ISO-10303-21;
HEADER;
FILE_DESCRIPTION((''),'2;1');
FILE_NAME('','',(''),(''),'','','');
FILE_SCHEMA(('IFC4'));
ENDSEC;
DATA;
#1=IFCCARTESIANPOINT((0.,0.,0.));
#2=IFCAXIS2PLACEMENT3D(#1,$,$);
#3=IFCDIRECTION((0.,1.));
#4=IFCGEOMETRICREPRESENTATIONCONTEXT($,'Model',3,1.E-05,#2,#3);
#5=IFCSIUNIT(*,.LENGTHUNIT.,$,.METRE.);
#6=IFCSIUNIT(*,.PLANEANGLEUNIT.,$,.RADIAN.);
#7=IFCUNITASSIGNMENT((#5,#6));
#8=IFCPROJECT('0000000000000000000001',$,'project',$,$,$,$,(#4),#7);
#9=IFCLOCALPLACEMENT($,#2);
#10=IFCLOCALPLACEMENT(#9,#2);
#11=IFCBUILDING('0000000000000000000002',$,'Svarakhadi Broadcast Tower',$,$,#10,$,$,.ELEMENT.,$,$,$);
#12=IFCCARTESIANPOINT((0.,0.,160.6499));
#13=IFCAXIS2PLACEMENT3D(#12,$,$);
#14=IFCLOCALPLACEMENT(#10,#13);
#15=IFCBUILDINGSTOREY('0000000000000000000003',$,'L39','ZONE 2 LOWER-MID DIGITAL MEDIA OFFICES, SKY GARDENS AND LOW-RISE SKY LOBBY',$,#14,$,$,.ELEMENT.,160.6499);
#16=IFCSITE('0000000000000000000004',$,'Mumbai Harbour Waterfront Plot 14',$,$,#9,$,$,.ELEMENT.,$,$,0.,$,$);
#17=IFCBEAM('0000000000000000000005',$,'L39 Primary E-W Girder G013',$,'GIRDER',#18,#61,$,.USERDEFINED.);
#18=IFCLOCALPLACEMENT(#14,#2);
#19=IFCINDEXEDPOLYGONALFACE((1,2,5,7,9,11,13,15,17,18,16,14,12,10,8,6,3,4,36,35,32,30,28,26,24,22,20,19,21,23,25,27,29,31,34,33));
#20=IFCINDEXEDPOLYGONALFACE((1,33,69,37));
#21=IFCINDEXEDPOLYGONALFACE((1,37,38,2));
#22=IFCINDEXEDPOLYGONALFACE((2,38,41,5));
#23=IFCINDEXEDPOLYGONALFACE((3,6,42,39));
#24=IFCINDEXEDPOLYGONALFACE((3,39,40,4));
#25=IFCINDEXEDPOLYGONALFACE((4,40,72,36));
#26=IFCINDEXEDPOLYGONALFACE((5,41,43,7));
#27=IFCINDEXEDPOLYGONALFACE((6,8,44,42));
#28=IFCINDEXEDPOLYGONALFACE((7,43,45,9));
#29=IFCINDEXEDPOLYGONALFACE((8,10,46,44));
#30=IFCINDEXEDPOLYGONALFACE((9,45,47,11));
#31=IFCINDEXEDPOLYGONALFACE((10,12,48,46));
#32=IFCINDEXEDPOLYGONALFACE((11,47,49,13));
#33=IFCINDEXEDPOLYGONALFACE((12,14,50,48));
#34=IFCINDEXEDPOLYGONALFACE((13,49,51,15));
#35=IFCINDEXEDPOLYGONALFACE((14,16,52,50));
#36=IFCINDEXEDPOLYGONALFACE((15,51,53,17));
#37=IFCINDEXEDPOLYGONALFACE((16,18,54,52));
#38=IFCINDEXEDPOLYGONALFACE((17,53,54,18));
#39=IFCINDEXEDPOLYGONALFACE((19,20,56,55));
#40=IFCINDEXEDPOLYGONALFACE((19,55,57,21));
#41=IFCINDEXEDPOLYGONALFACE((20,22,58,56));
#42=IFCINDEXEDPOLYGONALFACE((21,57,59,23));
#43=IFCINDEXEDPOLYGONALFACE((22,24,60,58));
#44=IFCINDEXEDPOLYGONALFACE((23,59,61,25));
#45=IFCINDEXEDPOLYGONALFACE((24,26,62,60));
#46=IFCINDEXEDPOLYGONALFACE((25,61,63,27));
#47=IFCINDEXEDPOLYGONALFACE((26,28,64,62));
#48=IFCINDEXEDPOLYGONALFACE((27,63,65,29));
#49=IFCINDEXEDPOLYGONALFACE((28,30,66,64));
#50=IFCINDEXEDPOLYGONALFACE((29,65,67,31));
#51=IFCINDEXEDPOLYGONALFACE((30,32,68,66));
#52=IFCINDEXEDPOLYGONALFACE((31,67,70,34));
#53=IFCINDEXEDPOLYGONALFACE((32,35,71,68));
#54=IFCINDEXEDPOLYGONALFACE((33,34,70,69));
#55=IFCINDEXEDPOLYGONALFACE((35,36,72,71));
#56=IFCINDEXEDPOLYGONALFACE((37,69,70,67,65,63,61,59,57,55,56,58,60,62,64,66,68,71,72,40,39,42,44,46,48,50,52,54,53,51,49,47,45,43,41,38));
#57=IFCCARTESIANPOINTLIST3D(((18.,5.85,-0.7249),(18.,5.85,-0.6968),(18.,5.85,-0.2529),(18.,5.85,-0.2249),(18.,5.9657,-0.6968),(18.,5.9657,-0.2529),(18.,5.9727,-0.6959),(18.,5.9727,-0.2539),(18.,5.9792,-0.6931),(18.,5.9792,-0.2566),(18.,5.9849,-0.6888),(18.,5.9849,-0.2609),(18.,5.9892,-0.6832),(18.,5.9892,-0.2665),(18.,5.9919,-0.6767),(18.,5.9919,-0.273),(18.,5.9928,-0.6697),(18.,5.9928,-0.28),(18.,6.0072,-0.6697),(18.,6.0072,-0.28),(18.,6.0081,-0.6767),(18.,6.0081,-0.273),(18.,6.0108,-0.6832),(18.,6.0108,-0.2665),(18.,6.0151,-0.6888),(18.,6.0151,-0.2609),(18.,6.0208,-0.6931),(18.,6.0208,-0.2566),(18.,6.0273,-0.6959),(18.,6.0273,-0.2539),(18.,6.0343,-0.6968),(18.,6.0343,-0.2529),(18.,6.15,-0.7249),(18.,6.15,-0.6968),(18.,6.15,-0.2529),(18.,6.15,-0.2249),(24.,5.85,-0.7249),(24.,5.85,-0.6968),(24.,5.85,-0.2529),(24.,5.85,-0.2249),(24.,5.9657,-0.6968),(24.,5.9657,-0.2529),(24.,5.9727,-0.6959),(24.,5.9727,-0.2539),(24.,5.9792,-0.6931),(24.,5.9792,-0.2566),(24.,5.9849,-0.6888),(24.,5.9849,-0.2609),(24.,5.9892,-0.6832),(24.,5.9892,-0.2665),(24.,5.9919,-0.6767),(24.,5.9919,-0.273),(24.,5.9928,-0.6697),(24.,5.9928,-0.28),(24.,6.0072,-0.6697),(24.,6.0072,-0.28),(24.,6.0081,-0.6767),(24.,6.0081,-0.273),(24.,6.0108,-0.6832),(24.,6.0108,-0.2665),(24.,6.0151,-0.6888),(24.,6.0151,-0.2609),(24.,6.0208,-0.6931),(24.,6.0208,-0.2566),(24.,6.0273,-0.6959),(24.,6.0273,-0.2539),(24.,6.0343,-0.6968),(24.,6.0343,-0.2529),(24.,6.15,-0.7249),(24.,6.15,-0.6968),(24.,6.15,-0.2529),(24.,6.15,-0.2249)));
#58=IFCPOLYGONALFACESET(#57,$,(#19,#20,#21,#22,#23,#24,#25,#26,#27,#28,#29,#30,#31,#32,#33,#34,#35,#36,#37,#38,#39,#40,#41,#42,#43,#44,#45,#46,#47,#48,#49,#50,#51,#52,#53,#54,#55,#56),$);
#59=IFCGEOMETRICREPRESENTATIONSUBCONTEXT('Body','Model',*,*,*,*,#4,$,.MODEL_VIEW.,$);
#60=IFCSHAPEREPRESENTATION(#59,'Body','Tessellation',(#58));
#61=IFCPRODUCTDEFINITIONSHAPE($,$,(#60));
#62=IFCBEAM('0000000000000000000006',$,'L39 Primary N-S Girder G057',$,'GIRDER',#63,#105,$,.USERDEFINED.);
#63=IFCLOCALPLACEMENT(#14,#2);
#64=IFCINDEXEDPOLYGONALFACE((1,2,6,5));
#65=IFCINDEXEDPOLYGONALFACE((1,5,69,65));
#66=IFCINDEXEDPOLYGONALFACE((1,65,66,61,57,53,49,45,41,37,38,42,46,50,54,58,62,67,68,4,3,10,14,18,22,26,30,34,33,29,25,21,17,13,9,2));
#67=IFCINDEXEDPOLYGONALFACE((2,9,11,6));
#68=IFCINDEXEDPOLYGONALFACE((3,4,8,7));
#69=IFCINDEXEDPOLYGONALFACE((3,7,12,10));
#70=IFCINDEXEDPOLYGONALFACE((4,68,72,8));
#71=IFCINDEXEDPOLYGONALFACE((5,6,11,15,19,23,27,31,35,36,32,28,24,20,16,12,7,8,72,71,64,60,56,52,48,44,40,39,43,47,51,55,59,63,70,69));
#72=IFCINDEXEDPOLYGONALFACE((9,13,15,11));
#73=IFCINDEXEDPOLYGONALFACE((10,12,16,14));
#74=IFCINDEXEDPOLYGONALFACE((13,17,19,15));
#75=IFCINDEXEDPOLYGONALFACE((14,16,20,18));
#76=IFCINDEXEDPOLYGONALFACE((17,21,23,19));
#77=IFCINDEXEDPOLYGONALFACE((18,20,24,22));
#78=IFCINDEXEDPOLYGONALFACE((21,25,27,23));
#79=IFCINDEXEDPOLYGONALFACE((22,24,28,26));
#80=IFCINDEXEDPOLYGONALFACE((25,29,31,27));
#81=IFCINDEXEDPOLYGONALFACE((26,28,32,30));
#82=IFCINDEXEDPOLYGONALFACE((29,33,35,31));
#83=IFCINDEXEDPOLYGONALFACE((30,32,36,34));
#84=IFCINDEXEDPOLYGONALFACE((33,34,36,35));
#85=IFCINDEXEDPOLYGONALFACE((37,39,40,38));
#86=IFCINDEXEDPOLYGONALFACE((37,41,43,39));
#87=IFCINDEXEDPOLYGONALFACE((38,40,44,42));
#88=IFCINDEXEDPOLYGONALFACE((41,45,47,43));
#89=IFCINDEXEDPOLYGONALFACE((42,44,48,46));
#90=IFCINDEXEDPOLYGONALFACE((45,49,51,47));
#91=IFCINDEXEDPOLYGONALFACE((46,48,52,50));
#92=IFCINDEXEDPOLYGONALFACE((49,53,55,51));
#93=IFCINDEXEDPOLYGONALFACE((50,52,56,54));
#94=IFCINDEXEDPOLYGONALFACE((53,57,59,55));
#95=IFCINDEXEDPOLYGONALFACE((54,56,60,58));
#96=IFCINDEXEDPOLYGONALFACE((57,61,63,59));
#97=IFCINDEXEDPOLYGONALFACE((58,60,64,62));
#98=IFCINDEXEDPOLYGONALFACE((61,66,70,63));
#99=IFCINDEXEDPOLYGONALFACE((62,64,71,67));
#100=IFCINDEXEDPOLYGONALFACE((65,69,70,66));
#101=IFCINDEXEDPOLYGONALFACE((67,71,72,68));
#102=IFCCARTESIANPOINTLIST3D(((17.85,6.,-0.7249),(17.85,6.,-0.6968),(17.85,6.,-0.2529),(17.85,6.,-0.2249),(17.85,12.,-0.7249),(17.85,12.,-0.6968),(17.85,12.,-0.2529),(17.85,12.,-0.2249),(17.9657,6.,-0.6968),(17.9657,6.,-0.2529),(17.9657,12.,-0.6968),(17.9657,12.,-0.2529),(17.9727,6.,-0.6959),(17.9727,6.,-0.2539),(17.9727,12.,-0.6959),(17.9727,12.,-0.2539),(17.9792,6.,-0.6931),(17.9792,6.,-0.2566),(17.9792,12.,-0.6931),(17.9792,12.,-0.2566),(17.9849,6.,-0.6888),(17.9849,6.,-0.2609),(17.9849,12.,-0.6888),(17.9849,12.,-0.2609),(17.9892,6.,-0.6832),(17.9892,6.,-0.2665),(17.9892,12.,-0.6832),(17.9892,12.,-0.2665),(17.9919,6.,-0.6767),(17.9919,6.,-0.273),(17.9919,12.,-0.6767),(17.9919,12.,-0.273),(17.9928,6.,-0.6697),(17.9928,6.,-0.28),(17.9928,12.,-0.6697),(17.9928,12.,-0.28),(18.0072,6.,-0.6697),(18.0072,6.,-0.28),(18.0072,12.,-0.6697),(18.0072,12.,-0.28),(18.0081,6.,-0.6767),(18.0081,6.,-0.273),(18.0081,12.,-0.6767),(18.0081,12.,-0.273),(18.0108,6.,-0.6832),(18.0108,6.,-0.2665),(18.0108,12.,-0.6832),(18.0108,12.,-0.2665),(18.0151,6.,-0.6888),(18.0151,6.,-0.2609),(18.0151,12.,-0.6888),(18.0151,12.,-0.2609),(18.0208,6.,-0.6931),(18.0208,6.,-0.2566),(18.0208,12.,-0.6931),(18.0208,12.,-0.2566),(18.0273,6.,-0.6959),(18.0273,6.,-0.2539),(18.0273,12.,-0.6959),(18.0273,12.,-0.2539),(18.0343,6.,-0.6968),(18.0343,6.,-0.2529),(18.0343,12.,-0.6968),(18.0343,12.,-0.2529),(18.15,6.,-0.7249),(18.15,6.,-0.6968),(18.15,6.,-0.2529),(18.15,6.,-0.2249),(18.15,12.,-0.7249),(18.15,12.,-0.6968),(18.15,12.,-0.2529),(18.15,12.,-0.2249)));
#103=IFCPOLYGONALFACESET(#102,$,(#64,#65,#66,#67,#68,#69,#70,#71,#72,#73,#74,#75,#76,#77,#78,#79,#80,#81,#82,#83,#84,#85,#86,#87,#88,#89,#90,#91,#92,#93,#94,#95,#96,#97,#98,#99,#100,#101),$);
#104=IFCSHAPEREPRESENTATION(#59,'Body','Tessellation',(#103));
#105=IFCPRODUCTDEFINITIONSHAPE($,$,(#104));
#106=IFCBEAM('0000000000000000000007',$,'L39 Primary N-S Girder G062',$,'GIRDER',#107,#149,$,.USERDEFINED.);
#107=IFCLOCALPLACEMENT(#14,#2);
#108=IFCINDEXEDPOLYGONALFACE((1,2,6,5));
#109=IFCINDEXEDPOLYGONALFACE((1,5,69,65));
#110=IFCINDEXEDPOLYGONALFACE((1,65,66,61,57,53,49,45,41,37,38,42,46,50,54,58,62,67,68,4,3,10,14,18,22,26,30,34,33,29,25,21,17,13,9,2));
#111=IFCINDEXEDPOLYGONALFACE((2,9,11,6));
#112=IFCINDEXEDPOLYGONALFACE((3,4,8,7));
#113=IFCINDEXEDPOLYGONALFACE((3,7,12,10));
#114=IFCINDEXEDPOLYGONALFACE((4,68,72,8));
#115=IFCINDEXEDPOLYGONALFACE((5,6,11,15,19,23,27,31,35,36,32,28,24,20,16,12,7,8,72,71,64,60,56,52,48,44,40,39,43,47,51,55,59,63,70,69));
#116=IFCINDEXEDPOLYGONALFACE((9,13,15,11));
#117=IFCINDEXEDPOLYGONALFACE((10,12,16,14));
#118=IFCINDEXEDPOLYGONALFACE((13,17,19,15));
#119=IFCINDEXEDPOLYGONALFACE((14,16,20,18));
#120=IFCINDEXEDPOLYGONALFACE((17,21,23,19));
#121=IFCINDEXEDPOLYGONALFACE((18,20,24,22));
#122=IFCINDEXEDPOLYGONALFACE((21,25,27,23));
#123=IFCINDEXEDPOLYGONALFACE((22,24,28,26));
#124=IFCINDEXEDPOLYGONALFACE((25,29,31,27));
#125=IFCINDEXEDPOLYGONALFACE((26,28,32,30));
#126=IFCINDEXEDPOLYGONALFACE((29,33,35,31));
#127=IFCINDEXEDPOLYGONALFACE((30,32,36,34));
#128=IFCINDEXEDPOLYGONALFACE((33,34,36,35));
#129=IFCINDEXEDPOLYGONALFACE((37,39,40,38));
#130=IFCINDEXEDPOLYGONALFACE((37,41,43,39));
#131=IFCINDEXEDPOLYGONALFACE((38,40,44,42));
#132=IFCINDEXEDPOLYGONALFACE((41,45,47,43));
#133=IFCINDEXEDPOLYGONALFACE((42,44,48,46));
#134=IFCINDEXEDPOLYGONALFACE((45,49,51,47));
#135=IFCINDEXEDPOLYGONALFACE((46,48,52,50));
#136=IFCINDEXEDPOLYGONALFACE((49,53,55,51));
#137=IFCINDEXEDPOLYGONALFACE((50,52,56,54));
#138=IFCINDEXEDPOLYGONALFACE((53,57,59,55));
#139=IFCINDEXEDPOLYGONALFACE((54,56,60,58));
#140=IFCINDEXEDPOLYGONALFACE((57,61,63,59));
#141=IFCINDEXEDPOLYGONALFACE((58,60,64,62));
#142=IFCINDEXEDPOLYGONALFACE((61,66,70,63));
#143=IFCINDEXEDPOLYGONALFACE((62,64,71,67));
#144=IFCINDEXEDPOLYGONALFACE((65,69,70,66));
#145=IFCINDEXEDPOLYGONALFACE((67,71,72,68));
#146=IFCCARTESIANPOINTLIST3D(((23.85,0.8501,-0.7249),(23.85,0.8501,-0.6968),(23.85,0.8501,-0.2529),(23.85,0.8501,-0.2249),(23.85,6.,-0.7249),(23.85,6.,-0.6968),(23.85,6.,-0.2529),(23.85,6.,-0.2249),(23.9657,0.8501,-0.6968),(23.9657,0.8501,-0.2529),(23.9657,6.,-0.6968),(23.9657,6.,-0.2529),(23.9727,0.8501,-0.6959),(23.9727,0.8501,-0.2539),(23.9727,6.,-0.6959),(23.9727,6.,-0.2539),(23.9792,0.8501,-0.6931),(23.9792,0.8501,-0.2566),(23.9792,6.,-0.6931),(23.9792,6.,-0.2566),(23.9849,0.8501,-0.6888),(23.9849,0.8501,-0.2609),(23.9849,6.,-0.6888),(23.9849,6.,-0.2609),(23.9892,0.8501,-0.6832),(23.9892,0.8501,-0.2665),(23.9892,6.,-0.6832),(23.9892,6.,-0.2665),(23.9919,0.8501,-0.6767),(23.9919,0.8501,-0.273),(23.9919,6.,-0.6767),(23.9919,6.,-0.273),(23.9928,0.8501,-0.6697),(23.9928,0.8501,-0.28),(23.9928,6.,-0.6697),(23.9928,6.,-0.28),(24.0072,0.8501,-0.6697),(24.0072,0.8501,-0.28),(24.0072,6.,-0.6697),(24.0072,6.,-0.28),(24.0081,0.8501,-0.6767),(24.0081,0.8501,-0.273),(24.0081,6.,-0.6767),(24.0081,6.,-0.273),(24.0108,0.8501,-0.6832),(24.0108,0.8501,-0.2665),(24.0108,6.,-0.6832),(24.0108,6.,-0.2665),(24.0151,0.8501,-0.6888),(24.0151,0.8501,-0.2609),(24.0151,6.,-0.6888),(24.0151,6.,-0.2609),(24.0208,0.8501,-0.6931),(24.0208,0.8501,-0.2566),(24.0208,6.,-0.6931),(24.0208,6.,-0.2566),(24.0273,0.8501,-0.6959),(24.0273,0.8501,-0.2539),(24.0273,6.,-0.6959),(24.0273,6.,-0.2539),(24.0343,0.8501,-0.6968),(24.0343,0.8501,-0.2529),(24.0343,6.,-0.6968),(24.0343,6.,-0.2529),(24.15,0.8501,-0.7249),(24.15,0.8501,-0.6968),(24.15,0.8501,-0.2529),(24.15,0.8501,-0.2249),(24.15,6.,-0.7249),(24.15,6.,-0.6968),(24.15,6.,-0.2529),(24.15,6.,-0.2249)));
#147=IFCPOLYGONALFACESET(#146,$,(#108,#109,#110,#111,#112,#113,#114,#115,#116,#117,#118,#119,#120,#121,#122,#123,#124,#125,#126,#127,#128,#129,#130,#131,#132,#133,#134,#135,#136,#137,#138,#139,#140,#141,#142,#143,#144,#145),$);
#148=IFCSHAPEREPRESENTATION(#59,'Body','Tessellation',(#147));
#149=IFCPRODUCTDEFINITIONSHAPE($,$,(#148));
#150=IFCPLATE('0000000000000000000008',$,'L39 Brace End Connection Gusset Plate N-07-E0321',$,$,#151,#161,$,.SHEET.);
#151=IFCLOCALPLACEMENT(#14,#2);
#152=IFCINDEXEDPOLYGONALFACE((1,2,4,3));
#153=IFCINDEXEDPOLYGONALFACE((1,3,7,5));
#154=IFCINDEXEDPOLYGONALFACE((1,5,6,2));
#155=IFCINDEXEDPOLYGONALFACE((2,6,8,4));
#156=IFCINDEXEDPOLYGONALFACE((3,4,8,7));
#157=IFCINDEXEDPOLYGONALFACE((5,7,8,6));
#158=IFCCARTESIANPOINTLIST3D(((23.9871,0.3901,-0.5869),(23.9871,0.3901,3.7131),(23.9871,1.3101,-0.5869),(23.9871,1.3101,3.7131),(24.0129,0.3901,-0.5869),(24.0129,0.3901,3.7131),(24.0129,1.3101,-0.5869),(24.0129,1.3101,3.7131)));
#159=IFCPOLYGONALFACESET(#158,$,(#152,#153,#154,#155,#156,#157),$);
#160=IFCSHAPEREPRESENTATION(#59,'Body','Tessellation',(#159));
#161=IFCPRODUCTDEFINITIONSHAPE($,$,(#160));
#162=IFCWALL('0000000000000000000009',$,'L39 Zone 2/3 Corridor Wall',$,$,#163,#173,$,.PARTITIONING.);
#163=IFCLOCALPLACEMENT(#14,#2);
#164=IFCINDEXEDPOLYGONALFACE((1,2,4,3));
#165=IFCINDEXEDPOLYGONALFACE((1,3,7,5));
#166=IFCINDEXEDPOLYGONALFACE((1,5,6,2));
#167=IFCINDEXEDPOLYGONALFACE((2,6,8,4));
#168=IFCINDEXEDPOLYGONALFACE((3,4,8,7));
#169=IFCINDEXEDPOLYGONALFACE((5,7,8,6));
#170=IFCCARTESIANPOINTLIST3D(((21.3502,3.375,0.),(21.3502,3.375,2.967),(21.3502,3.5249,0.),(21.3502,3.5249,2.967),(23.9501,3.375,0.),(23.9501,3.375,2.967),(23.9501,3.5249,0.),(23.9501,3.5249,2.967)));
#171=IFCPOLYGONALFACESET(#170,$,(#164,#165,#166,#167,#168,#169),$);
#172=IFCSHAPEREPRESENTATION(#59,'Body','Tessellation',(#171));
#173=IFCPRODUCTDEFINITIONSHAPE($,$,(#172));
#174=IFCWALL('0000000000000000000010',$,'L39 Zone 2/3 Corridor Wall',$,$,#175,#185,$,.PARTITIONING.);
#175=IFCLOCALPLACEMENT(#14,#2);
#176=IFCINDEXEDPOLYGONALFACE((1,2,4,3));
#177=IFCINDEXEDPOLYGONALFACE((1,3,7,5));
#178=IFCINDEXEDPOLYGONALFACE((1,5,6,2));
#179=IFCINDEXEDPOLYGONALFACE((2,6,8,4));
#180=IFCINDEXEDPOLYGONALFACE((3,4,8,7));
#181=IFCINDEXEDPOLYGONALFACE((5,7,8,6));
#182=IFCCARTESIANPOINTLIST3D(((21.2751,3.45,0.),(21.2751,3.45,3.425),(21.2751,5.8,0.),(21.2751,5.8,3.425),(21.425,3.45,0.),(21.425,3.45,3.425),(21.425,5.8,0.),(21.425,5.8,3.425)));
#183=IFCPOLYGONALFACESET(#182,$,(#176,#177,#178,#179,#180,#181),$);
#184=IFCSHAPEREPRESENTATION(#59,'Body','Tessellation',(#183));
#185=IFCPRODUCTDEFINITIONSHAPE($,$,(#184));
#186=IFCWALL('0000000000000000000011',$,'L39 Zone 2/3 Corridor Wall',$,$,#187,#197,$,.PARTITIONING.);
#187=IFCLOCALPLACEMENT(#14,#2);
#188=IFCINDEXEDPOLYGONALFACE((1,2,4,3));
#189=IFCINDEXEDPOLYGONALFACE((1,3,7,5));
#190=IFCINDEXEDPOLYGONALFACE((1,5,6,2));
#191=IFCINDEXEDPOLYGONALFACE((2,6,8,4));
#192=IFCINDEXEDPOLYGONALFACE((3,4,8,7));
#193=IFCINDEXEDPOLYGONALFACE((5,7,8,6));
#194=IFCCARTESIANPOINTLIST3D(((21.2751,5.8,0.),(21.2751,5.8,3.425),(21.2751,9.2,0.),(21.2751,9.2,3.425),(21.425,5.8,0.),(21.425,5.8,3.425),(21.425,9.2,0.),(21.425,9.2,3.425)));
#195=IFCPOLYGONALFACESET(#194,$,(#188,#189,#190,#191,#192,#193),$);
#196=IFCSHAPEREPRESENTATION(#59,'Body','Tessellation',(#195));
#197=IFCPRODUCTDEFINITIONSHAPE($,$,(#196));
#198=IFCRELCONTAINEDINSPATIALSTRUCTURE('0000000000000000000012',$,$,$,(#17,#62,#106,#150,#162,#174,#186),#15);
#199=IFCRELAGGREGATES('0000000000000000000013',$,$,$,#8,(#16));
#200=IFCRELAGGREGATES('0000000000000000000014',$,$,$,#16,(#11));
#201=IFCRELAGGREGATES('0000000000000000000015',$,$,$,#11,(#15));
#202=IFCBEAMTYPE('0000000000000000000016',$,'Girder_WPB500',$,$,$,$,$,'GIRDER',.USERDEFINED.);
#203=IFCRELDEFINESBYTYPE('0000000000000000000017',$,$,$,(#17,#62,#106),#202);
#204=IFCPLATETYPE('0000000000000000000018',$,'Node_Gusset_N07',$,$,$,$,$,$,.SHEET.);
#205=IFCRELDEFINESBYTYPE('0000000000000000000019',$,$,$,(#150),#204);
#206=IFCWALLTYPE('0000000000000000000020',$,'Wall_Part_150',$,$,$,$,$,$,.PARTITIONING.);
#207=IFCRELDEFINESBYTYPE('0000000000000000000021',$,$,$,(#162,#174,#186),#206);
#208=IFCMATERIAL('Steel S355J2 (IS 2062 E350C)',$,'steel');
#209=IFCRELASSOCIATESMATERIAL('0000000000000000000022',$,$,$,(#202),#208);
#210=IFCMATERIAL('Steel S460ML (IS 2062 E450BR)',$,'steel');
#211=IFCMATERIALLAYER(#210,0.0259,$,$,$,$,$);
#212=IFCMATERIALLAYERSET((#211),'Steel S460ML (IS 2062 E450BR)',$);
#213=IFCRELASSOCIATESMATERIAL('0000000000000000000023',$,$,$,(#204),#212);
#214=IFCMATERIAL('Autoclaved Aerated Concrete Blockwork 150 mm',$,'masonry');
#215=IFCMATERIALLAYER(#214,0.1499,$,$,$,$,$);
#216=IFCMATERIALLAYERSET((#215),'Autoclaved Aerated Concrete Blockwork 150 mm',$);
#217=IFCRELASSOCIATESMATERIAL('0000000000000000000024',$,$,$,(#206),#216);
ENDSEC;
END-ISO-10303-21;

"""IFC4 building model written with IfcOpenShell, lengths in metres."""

from ifc_helpers import new_model, si_unit, direction, frame, frame_2d, origin, origin_2d, place, context, subcontext, project, spatial, rectangle, i_section, extrude, material, layer, layer_set, material_profile, profile_set, type_object, element, save


model = new_model("IFC4")

# Units and contexts
model_context = context("Model", 3, precision=1e-05, world=origin(), true_north=direction((0.0, 1.0)))
body_context = subcontext(model_context, "Body", "Model", "MODEL_VIEW")
ifc_project = project(units=[si_unit("LENGTHUNIT", "METRE"), si_unit("PLANEANGLEUNIT", "RADIAN")], contexts=[model_context])

# Site, building, storey
site_placement = place(None, origin())
site = spatial("IfcSite", under=ifc_project, at=site_placement, Name="Mumbai Harbour Waterfront Plot 14", CompositionType="ELEMENT", RefElevation=0.0)
building_placement = place(site_placement, origin())
building = spatial("IfcBuilding", under=site, at=building_placement, Name="Svarakhadi Broadcast Tower", CompositionType="ELEMENT")
storey_placement = place(building_placement, frame((0.0, 0.0, 160.6499)))
storey = spatial("IfcBuildingStorey", under=building, at=storey_placement, Name="L39", Description="ZONE 2 LOWER-MID DIGITAL MEDIA OFFICES, SKY GARDENS AND LOW-RISE SKY LOBBY", CompositionType="ELEMENT", Elevation=160.6499)

# Beams
ifc_material_1 = material(Name="Steel S355J2 (IS 2062 E350C)", Category="steel")
ifc_material_profile_1 = material_profile(ifc_material_1, i_section(OverallWidth=0.3, OverallDepth=0.5, WebThickness=0.0144, FlangeThickness=0.0281, FilletRadius=0.0271, at=origin_2d()), Name="WPB 500x300x187")
ifc_profile_set_1 = profile_set([ifc_material_profile_1], Name="Steel S355J2 (IS 2062 E350C)")
beam_type_1 = type_object("IfcBeamType", Name="Girder_WPB500", ElementType="GIRDER", PredefinedType="USERDEFINED", material=ifc_profile_set_1)
for number, where, z_axis, x_axis, name in (
    (1, (18.0, 6.0, -0.4749), (1.0, 0.0, 0.0), (0.0, 1.0, 0.0), "L39 Primary E-W Girder G013"),
    (2, (18.0, 6.0, -0.4749), (0.0, 1.0, 0.0), (-1.0, 0.0, 0.0), "L39 Primary N-S Girder G057"),
):
    element("IfcBeam", number, at=place(storey_placement, frame(where, z_axis=z_axis, x_axis=x_axis)), inside=storey, type_object=beam_type_1, Name=name, ObjectType="GIRDER", PredefinedType="USERDEFINED", context=body_context, shape_type="SweptSolid", body=[
        extrude(i_section(OverallWidth=0.3, OverallDepth=0.5, WebThickness=0.0144, FlangeThickness=0.0281, FilletRadius=0.0271, at=origin_2d()), origin(), (0.0, 0.0, 1.0), 6.0),
    ])
beam_placement = place(storey_placement, frame((24.0, 0.8501, -0.4749), z_axis=(0.0, 1.0, 0.0), x_axis=(-1.0, 0.0, 0.0)))
element("IfcBeam", 3, at=beam_placement, inside=storey, type_object=beam_type_1, Name="L39 Primary N-S Girder G062", ObjectType="GIRDER", PredefinedType="USERDEFINED", context=body_context, shape_type="SweptSolid", body=[
    extrude(i_section(OverallWidth=0.3, OverallDepth=0.5, WebThickness=0.0144, FlangeThickness=0.0281, FilletRadius=0.0271, at=origin_2d()), origin(), (0.0, 0.0, 1.0), 5.1499),
])

# Plate
ifc_material_2 = material(Name="Steel S460ML (IS 2062 E450BR)", Category="steel")
ifc_layer_1 = layer(ifc_material_2, 0.0259)
ifc_layer_set_1 = layer_set([ifc_layer_1], Name="Steel S460ML (IS 2062 E450BR)")
plate_type = type_object("IfcPlateType", Name="Node_Gusset_N07", PredefinedType="SHEET", material=ifc_layer_set_1)
plate_placement = place(storey_placement, frame((24.0, 0.8501, -0.5869), z_axis=(0.0, 0.0, 1.0), x_axis=(0.0, 1.0, 0.0)))
element("IfcPlate", 4, at=plate_placement, inside=storey, type_object=plate_type, Name="L39 Brace End Connection Gusset Plate N-07-E0321", PredefinedType="SHEET", context=body_context, shape_type="SweptSolid", body=[
    extrude(rectangle(XDim=0.9199, YDim=0.0259, at=origin_2d()), origin(), (0.0, 0.0, 1.0), 4.3),
])

# Walls
ifc_material_3 = material(Name="Autoclaved Aerated Concrete Blockwork 150 mm", Category="masonry")
ifc_layer_2 = layer(ifc_material_3, 0.1499)
ifc_layer_set_2 = layer_set([ifc_layer_2], Name="Autoclaved Aerated Concrete Blockwork 150 mm")
wall_type = type_object("IfcWallType", Name="Wall_Part_150", PredefinedType="PARTITIONING", material=ifc_layer_set_2)
wall_1_placement = place(storey_placement, frame((23.95, 3.45, 0.0), z_axis=(0.0, 0.0, 1.0), x_axis=(-1.0, 0.0, 0.0)))
element("IfcWall", 5, at=wall_1_placement, inside=storey, type_object=wall_type, Name="L39 Zone 2/3 Corridor Wall", PredefinedType="PARTITIONING", context=body_context, shape_type="SweptSolid", body=[
    extrude(rectangle(XDim=2.5999, YDim=0.1499, at=frame_2d((1.2998, 0.0))), origin(), (0.0, 0.0, 1.0), 2.967),
])
wall_2_placement = place(storey_placement, frame((21.3501, 3.45, 0.0), z_axis=(0.0, 0.0, 1.0), x_axis=(0.0, 1.0, 0.0)))
element("IfcWall", 6, at=wall_2_placement, inside=storey, type_object=wall_type, Name="L39 Zone 2/3 Corridor Wall", PredefinedType="PARTITIONING", context=body_context, shape_type="SweptSolid", body=[
    extrude(rectangle(XDim=2.3501, YDim=0.1499, at=frame_2d((1.175, 0.0))), origin(), (0.0, 0.0, 1.0), 3.425),
])
wall_3_placement = place(storey_placement, frame((21.3501, 5.8, 0.0), z_axis=(0.0, 0.0, 1.0), x_axis=(0.0, 1.0, 0.0)))
element("IfcWall", 7, at=wall_3_placement, inside=storey, type_object=wall_type, Name="L39 Zone 2/3 Corridor Wall", PredefinedType="PARTITIONING", context=body_context, shape_type="SweptSolid", body=[
    extrude(rectangle(XDim=3.3999, YDim=0.1499, at=frame_2d((1.7, 0.0))), origin(), (0.0, 0.0, 1.0), 3.425),
])

save(model, "model.ifc")
